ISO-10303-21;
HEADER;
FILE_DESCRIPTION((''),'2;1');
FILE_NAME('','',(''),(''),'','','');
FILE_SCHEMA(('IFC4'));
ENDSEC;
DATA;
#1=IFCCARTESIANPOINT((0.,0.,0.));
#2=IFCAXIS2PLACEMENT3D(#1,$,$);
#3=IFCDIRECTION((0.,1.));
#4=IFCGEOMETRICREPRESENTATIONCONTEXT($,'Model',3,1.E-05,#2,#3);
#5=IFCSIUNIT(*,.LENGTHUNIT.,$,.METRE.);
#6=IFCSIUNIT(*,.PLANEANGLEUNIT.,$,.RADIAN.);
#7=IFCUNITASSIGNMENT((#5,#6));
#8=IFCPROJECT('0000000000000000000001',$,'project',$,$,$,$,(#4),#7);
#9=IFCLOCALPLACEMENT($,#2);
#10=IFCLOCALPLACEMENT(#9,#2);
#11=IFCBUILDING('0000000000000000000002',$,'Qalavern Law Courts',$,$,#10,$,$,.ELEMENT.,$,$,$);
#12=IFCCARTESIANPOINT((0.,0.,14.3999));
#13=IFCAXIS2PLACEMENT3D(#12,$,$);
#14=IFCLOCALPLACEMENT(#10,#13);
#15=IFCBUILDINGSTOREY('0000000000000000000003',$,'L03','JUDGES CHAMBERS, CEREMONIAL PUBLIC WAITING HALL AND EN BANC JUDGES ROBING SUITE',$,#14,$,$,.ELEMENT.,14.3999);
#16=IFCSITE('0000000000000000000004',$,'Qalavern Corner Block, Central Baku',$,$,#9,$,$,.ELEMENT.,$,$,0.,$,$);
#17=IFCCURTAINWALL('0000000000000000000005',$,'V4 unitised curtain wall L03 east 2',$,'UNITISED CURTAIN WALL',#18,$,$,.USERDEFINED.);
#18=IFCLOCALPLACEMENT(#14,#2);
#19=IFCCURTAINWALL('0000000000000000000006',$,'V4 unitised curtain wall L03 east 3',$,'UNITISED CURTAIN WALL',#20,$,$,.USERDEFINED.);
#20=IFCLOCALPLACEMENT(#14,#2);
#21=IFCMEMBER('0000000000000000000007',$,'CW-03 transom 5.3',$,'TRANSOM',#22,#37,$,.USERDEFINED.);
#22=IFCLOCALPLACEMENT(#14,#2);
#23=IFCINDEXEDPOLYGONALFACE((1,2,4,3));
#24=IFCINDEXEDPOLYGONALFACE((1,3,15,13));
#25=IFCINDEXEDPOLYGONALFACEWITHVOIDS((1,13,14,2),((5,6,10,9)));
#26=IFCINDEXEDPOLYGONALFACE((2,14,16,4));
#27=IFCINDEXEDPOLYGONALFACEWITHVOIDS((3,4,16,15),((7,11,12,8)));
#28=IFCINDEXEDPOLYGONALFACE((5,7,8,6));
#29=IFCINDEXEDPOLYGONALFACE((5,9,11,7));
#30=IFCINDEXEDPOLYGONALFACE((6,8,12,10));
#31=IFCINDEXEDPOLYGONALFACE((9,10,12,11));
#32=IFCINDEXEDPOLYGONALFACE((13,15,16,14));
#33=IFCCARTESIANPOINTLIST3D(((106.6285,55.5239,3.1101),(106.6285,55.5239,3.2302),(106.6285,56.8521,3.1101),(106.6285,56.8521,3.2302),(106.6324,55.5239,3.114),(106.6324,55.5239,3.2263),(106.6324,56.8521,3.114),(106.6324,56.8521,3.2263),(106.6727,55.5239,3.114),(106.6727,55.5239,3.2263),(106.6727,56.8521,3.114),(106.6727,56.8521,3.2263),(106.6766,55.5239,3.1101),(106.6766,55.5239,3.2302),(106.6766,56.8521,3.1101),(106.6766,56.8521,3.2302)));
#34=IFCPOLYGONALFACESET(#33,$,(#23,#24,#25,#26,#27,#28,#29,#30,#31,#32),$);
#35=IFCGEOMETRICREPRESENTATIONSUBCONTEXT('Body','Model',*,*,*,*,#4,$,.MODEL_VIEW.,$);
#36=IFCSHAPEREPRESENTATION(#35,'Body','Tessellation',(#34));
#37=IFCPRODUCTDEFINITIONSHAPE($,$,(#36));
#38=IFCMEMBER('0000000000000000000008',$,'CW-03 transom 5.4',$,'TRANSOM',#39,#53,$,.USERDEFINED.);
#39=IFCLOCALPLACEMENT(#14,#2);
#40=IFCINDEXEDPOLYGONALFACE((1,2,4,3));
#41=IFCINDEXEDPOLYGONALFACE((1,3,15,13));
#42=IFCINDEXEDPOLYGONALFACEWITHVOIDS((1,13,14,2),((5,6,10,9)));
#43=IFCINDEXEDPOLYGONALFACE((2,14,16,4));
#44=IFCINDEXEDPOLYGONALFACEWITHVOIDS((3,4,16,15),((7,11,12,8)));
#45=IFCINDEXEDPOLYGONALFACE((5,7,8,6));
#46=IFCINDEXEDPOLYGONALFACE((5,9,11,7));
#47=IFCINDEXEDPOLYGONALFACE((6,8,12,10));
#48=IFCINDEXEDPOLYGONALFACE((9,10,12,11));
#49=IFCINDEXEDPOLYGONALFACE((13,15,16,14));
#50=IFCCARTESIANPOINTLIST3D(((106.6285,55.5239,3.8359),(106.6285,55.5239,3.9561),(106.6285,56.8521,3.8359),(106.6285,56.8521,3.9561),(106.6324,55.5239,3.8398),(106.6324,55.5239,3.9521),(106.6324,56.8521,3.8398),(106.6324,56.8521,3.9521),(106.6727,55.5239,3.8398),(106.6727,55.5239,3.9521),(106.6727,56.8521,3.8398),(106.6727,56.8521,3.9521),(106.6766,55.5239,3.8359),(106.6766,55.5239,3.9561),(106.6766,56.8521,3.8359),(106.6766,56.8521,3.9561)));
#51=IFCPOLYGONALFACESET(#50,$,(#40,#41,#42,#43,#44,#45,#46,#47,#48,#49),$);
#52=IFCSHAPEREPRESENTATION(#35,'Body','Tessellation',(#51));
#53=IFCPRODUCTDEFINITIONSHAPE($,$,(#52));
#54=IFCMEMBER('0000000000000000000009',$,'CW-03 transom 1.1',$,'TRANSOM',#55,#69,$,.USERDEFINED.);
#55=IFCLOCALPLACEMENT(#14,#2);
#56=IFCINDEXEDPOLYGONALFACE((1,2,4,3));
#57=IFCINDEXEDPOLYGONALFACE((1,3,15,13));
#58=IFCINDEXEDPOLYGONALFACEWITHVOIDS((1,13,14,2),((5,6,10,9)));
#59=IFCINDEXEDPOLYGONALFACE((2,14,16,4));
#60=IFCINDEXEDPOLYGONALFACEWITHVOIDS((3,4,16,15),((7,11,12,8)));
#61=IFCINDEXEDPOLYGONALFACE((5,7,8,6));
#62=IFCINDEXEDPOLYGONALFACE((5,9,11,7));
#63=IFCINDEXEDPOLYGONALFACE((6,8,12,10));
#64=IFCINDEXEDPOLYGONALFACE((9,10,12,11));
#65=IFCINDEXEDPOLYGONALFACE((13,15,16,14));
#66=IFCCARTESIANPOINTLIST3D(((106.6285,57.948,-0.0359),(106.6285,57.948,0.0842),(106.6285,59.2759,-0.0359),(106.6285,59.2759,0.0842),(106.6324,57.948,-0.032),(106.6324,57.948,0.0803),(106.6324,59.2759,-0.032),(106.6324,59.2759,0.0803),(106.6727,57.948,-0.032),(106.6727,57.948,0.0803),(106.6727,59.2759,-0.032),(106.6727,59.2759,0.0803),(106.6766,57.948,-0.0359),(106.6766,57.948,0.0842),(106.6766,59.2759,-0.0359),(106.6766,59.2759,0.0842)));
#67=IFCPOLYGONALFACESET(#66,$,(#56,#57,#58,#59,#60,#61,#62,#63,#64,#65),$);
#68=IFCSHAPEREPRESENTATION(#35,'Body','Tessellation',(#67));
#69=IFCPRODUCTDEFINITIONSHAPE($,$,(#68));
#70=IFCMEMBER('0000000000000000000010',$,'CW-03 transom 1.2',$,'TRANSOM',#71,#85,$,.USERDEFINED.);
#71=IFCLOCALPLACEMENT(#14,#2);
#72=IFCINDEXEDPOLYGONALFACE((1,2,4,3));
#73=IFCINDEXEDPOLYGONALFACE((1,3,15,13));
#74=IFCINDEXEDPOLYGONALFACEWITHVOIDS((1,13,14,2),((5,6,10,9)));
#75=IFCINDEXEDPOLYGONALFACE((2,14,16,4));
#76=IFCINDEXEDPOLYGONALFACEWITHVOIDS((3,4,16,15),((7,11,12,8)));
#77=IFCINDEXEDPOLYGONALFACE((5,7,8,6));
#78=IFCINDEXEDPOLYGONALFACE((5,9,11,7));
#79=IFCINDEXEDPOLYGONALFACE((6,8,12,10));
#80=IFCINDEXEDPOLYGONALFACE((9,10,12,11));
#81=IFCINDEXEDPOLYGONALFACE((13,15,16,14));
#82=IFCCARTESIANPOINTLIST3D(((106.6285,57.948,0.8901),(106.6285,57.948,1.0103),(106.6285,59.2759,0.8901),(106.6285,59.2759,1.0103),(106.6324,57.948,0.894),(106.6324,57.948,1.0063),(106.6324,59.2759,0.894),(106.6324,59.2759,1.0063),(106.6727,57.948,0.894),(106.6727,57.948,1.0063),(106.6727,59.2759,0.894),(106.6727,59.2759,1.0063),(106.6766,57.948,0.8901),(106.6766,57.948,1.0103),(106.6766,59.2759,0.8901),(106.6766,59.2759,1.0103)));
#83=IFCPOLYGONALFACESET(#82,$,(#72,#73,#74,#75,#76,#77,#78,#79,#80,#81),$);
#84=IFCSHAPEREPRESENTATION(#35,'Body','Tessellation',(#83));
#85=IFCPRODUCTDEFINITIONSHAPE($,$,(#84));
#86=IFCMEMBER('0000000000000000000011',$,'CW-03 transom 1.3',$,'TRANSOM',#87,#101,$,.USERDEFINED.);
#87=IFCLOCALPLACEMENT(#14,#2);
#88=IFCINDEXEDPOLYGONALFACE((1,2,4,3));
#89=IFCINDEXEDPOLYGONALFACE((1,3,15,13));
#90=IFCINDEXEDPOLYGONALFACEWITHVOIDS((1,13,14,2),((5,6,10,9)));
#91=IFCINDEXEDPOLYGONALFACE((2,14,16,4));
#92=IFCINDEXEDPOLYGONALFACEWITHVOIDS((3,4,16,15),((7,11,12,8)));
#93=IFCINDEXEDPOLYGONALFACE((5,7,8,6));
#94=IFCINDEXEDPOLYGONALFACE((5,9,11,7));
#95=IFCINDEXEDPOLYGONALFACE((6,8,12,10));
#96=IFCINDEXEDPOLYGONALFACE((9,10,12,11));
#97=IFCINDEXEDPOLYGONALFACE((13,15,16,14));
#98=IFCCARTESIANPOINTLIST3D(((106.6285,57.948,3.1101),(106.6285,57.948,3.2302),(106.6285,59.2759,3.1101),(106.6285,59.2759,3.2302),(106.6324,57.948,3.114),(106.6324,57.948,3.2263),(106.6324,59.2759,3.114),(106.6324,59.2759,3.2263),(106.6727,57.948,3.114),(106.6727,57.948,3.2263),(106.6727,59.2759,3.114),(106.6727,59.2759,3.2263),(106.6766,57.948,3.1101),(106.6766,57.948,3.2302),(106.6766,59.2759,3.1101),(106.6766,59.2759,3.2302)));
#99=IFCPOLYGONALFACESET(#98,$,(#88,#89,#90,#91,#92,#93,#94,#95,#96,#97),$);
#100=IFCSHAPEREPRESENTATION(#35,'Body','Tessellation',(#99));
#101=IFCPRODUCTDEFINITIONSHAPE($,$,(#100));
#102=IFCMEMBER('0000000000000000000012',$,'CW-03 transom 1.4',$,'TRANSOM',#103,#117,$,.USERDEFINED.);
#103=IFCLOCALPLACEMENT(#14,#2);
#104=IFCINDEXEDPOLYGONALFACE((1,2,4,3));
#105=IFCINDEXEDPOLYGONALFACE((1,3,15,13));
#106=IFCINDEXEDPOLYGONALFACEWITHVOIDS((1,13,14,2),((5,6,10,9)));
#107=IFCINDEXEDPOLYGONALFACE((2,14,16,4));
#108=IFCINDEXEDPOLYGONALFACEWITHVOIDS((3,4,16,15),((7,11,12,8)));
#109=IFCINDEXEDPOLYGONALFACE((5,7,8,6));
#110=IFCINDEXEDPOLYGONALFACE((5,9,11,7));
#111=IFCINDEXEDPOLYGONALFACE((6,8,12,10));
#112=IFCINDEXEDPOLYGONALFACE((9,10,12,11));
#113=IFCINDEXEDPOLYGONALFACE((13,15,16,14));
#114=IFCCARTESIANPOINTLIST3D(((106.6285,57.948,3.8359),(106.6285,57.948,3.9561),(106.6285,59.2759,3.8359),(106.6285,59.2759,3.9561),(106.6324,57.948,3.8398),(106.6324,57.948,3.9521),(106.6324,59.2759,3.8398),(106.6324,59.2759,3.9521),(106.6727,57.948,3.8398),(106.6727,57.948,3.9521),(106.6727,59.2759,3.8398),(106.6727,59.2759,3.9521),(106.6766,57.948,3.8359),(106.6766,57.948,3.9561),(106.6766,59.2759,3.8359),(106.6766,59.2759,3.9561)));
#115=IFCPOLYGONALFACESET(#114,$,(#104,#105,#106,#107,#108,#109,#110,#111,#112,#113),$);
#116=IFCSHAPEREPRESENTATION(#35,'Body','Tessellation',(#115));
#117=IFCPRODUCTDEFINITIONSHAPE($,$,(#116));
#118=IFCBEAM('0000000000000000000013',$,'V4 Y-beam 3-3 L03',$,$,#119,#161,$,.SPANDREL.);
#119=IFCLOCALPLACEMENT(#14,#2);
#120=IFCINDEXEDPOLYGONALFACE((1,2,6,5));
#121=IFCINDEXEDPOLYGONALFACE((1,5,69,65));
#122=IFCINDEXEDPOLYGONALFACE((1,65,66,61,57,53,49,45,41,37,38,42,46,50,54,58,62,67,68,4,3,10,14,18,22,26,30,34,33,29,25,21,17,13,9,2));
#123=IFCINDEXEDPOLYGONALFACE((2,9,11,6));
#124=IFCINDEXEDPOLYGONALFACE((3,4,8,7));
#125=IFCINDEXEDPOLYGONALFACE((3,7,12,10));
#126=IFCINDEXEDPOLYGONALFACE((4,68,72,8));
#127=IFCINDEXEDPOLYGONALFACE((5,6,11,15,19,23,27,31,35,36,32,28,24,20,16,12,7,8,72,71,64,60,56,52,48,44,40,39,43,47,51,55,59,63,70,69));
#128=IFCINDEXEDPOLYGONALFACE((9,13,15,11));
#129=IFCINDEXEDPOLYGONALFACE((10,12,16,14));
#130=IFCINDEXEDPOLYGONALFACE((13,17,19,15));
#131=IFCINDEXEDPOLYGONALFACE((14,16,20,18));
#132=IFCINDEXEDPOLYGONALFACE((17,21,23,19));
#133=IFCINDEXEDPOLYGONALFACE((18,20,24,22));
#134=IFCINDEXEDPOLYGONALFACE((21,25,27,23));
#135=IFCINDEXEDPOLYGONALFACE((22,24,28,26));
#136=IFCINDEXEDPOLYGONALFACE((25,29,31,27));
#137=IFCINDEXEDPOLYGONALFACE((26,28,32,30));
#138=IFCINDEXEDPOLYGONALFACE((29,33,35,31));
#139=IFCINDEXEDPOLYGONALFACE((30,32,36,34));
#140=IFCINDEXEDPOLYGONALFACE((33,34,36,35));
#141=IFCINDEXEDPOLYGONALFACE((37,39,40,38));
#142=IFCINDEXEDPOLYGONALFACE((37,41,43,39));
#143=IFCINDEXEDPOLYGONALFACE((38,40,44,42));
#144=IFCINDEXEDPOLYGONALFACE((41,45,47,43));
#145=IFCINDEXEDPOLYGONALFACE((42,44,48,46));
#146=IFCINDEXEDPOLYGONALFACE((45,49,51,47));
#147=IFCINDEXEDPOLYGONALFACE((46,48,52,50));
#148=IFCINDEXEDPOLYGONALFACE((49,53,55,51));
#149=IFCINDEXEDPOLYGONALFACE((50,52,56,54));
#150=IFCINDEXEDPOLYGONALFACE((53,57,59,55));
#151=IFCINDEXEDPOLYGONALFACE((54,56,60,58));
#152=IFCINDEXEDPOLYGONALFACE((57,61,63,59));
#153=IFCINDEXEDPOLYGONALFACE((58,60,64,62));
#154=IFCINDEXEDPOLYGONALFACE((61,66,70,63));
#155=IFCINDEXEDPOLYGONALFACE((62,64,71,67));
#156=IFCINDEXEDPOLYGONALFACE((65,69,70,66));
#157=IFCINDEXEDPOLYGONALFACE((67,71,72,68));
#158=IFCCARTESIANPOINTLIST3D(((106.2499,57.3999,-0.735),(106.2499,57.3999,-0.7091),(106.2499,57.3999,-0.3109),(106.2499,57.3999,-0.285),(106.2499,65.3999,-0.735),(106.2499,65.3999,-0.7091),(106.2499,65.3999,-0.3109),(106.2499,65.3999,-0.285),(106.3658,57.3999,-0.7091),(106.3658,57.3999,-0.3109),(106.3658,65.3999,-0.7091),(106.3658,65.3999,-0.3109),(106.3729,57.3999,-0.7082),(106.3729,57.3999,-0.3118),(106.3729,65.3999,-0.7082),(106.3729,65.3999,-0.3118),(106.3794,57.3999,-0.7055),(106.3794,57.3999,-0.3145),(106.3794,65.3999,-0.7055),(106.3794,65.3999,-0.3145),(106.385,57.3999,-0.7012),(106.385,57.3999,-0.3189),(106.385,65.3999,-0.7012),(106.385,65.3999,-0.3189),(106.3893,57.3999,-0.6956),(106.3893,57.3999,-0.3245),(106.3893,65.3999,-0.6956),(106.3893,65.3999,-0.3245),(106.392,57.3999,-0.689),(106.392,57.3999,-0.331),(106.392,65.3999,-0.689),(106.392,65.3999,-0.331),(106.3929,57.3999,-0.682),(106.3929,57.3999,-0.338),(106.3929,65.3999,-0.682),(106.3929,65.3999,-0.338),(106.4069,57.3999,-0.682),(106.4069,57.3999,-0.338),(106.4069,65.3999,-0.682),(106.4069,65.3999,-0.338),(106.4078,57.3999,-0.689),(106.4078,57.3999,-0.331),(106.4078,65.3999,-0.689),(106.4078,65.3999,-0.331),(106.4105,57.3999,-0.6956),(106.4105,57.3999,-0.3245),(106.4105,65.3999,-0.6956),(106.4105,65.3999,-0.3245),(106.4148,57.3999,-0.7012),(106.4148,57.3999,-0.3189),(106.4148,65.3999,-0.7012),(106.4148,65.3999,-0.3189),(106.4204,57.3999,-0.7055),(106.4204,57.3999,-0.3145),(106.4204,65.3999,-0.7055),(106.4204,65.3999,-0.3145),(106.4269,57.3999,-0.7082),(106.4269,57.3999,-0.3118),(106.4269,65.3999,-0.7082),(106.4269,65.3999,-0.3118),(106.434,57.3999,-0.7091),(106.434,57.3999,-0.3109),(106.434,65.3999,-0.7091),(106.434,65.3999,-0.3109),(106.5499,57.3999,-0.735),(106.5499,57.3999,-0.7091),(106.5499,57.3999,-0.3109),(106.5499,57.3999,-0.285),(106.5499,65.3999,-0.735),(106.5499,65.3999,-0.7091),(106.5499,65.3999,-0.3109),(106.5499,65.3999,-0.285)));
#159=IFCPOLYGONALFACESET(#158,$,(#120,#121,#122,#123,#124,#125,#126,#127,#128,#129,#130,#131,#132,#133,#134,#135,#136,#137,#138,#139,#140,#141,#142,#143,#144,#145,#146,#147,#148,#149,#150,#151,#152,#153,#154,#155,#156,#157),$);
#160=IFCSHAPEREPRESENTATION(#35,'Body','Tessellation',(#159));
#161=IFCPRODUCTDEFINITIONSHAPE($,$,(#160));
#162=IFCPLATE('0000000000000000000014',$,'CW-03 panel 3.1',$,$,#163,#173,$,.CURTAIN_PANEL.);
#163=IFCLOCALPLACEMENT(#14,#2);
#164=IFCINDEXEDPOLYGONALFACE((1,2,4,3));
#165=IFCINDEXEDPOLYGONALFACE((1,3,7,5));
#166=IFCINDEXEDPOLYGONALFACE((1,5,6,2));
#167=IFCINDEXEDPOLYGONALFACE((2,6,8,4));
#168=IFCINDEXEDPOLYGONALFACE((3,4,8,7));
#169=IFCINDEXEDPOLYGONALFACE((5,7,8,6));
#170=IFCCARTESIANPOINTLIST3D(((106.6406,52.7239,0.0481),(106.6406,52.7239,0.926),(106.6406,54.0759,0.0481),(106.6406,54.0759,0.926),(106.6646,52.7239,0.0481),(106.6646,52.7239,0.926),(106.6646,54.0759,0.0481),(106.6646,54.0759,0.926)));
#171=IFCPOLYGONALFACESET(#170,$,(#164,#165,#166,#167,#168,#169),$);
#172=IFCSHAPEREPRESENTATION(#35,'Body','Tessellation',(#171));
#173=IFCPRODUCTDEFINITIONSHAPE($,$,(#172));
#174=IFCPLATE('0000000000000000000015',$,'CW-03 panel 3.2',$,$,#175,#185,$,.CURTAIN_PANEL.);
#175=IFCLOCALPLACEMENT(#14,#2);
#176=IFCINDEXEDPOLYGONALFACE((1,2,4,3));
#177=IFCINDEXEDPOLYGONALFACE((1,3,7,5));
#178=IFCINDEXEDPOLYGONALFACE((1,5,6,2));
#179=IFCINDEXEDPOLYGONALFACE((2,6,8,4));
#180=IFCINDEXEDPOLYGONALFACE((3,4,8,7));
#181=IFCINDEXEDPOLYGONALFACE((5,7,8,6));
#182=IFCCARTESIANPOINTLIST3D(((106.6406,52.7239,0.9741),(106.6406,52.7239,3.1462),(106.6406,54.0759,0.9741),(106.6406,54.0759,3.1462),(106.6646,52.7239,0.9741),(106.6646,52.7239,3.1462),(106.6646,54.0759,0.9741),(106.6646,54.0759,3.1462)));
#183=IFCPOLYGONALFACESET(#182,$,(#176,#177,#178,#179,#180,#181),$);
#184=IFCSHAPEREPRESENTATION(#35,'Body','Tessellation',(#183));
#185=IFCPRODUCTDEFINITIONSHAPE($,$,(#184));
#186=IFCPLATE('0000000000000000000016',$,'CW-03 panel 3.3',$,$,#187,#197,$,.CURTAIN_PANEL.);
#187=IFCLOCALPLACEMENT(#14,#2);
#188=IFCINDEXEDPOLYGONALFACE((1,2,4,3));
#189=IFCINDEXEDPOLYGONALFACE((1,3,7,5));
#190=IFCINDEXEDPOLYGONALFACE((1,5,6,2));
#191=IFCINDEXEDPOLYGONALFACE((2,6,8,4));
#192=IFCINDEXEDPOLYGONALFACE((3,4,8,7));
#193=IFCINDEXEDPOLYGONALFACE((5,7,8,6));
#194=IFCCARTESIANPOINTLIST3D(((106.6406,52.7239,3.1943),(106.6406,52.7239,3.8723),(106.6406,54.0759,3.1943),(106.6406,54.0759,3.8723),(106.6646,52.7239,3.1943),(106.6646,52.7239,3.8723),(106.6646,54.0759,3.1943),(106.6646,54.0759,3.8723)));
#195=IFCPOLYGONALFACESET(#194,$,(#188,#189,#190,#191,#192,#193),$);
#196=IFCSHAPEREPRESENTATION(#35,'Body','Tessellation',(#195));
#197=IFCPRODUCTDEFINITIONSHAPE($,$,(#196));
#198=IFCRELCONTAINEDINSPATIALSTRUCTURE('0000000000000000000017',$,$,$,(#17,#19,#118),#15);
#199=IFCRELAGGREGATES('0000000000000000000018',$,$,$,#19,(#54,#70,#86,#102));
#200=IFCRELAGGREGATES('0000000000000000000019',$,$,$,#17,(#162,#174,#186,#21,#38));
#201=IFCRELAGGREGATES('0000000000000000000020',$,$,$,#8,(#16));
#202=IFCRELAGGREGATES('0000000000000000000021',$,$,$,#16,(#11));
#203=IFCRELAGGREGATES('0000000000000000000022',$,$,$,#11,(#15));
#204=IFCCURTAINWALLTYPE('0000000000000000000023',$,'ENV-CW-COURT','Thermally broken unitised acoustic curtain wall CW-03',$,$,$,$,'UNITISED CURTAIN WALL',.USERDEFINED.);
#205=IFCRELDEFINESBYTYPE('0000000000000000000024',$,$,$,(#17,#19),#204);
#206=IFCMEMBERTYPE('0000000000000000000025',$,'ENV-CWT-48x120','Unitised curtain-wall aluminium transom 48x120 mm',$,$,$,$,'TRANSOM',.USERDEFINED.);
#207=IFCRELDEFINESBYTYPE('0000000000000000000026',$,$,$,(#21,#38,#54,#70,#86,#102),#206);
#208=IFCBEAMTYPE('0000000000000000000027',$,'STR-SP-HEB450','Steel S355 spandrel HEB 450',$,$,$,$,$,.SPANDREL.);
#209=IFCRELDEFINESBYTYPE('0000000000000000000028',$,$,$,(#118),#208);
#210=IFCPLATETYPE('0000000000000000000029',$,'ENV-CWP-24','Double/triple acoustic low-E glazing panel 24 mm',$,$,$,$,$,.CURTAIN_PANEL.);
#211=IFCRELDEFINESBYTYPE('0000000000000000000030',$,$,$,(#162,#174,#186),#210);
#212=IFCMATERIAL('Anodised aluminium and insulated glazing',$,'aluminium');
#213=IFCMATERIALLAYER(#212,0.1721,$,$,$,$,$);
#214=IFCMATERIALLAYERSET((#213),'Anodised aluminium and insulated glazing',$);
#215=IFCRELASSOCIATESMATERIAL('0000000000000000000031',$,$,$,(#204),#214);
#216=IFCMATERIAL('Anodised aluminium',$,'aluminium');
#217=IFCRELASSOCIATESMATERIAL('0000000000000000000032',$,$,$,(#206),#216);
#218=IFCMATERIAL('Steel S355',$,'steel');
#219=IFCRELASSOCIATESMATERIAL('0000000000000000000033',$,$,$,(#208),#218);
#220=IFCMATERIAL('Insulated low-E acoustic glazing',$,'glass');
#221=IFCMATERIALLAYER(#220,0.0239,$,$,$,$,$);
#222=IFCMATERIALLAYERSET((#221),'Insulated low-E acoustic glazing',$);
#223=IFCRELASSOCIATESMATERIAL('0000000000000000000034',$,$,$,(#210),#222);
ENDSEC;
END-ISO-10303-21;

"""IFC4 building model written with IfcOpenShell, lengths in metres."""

from ifc_helpers import new_model, si_unit, direction, frame, origin, origin_2d, place, context, subcontext, project, spatial, rectangle, hollow_rectangle, i_section, extrude, material, layer, layer_set, material_profile, profile_set, type_object, element, aggregate, save


model = new_model("IFC4")

# Units and contexts
model_context = context("Model", 3, precision=1e-05, world=origin(), true_north=direction((0.0, 1.0)))
body_context = subcontext(model_context, "Body", "Model", "MODEL_VIEW")
ifc_project = project(units=[si_unit("LENGTHUNIT", "METRE"), si_unit("PLANEANGLEUNIT", "RADIAN")], contexts=[model_context])

# Site, building, storey
site_placement = place(None, origin())
site = spatial("IfcSite", under=ifc_project, at=site_placement, Name="Qalavern Corner Block, Central Baku", CompositionType="ELEMENT", RefElevation=0.0)
building_placement = place(site_placement, origin())
building = spatial("IfcBuilding", under=site, at=building_placement, Name="Qalavern Law Courts", CompositionType="ELEMENT")
storey_placement = place(building_placement, frame((0.0, 0.0, 14.3999)))
storey = spatial("IfcBuildingStorey", under=building, at=storey_placement, Name="L03", Description="JUDGES CHAMBERS, CEREMONIAL PUBLIC WAITING HALL AND EN BANC JUDGES ROBING SUITE", CompositionType="ELEMENT", Elevation=14.3999)

# Curtain wall
ifc_material_1 = material(Name="Anodised aluminium and insulated glazing", Category="aluminium")
ifc_layer_1 = layer(ifc_material_1, 0.1721)
ifc_layer_set_1 = layer_set([ifc_layer_1], Name="Anodised aluminium and insulated glazing")
curtain_wall_type = type_object("IfcCurtainWallType", Name="ENV-CW-COURT", Description="Thermally broken unitised acoustic curtain wall CW-03", ElementType="UNITISED CURTAIN WALL", PredefinedType="USERDEFINED", material=ifc_layer_set_1)
curtain_wall_1_placement = place(storey_placement, origin())
curtain_wall_1 = element("IfcCurtainWall", 1, at=curtain_wall_1_placement, inside=storey, type_object=curtain_wall_type, Name="V4 unitised curtain wall L03 east 2", ObjectType="UNITISED CURTAIN WALL", PredefinedType="USERDEFINED")
ifc_material_2 = material(Name="Anodised aluminium", Category="aluminium")

# Curtain wall
curtain_wall_2_placement = place(storey_placement, origin())
curtain_wall_2 = element("IfcCurtainWall", 2, at=curtain_wall_2_placement, inside=storey, type_object=curtain_wall_type, Name="V4 unitised curtain wall L03 east 3", ObjectType="UNITISED CURTAIN WALL", PredefinedType="USERDEFINED")

# Members
ifc_material_profile_1 = material_profile(ifc_material_2, hollow_rectangle(XDim=0.0481, YDim=0.1201, WallThickness=0.0039, at=origin_2d()), Name="ALU TRANSOM 48x120")
ifc_profile_set_1 = profile_set([ifc_material_profile_1], Name="Anodised aluminium")
member_type_1 = type_object("IfcMemberType", Name="ENV-CWT-48x120", Description="Unitised curtain-wall aluminium transom 48x120 mm", ElementType="TRANSOM", PredefinedType="USERDEFINED", material=ifc_profile_set_1)
member_1_placement = place(storey_placement, frame((106.6526, 55.5239, 3.1702), z_axis=(0.0, 1.0, 0.0), x_axis=(-1.0, 0.0, 0.0)))
member_1 = element("IfcMember", 3, at=member_1_placement, type_object=member_type_1, Name="CW-03 transom 5.3", ObjectType="TRANSOM", PredefinedType="USERDEFINED", context=body_context, shape_type="SweptSolid", body=[
    extrude(hollow_rectangle(XDim=0.0481, YDim=0.1201, WallThickness=0.0039, at=origin_2d()), origin(), (0.0, 0.0, 1.0), 1.3281),
])
member_2_placement = place(storey_placement, frame((106.6526, 55.5239, 3.896), z_axis=(0.0, 1.0, 0.0), x_axis=(-1.0, 0.0, 0.0)))
member_2 = element("IfcMember", 4, at=member_2_placement, type_object=member_type_1, Name="CW-03 transom 5.4", ObjectType="TRANSOM", PredefinedType="USERDEFINED", context=body_context, shape_type="SweptSolid", body=[
    extrude(hollow_rectangle(XDim=0.0481, YDim=0.1201, WallThickness=0.0039, at=origin_2d()), origin(), (0.0, 0.0, 1.0), 1.3281),
])
member_3_placement = place(storey_placement, frame((106.6526, 57.948, 0.0242), z_axis=(0.0, 1.0, 0.0), x_axis=(-1.0, 0.0, 0.0)))
member_3 = element("IfcMember", 5, at=member_3_placement, type_object=member_type_1, Name="CW-03 transom 1.1", ObjectType="TRANSOM", PredefinedType="USERDEFINED", context=body_context, shape_type="SweptSolid", body=[
    extrude(hollow_rectangle(XDim=0.0481, YDim=0.1201, WallThickness=0.0039, at=origin_2d()), origin(), (0.0, 0.0, 1.0), 1.3279),
])
member_4_placement = place(storey_placement, frame((106.6526, 57.948, 0.9502), z_axis=(0.0, 1.0, 0.0), x_axis=(-1.0, 0.0, 0.0)))
member_4 = element("IfcMember", 6, at=member_4_placement, type_object=member_type_1, Name="CW-03 transom 1.2", ObjectType="TRANSOM", PredefinedType="USERDEFINED", context=body_context, shape_type="SweptSolid", body=[
    extrude(hollow_rectangle(XDim=0.0481, YDim=0.1201, WallThickness=0.0039, at=origin_2d()), origin(), (0.0, 0.0, 1.0), 1.3279),
])
member_5_placement = place(storey_placement, frame((106.6526, 57.948, 3.1702), z_axis=(0.0, 1.0, 0.0), x_axis=(-1.0, 0.0, 0.0)))
member_5 = element("IfcMember", 7, at=member_5_placement, type_object=member_type_1, Name="CW-03 transom 1.3", ObjectType="TRANSOM", PredefinedType="USERDEFINED", context=body_context, shape_type="SweptSolid", body=[
    extrude(hollow_rectangle(XDim=0.0481, YDim=0.1201, WallThickness=0.0039, at=origin_2d()), origin(), (0.0, 0.0, 1.0), 1.3279),
])
member_6_placement = place(storey_placement, frame((106.6526, 57.948, 3.896), z_axis=(0.0, 1.0, 0.0), x_axis=(-1.0, 0.0, 0.0)))
member_6 = element("IfcMember", 8, at=member_6_placement, type_object=member_type_1, Name="CW-03 transom 1.4", ObjectType="TRANSOM", PredefinedType="USERDEFINED", context=body_context, shape_type="SweptSolid", body=[
    extrude(hollow_rectangle(XDim=0.0481, YDim=0.1201, WallThickness=0.0039, at=origin_2d()), origin(), (0.0, 0.0, 1.0), 1.3279),
])
aggregate(curtain_wall_2, [member_3, member_4, member_5, member_6])

# Beam
ifc_material_3 = material(Name="Steel S355", Category="steel")
ifc_material_profile_2 = material_profile(ifc_material_3, i_section(OverallWidth=0.3, OverallDepth=0.45, WebThickness=0.0139, FlangeThickness=0.0259, FilletRadius=0.0271, at=origin_2d()), Name="HEB 450")
ifc_profile_set_2 = profile_set([ifc_material_profile_2], Name="Steel S355")
beam_type = type_object("IfcBeamType", Name="STR-SP-HEB450", Description="Steel S355 spandrel HEB 450", PredefinedType="SPANDREL", material=ifc_profile_set_2)
beam_placement = place(storey_placement, frame((106.3999, 57.3999, -0.51), z_axis=(0.0, 1.0, 0.0), x_axis=(-1.0, 0.0, 0.0)))
element("IfcBeam", 9, at=beam_placement, inside=storey, type_object=beam_type, Name="V4 Y-beam 3-3 L03", PredefinedType="SPANDREL", context=body_context, shape_type="SweptSolid", body=[
    extrude(i_section(OverallWidth=0.3, OverallDepth=0.45, WebThickness=0.0139, FlangeThickness=0.0259, FilletRadius=0.0271, at=origin_2d()), origin(), (0.0, 0.0, 1.0), 8.0),
])

# Plates
ifc_material_4 = material(Name="Insulated low-E acoustic glazing", Category="glass")
ifc_layer_2 = layer(ifc_material_4, 0.0239)
ifc_layer_set_2 = layer_set([ifc_layer_2], Name="Insulated low-E acoustic glazing")
plate_type = type_object("IfcPlateType", Name="ENV-CWP-24", Description="Double/triple acoustic low-E glazing panel 24 mm", PredefinedType="CURTAIN_PANEL", material=ifc_layer_set_2)
plate_1_placement = place(storey_placement, frame((106.6526, 53.3999, 0.0481), z_axis=(0.0, 0.0, 1.0), x_axis=(0.0, 1.0, 0.0)))
plate_1 = element("IfcPlate", 10, at=plate_1_placement, type_object=plate_type, Name="CW-03 panel 3.1", PredefinedType="CURTAIN_PANEL", context=body_context, shape_type="SweptSolid", body=[
    extrude(rectangle(XDim=1.3521, YDim=0.0239, at=origin_2d()), origin(), (0.0, 0.0, 1.0), 0.8779),
])
plate_2_placement = place(storey_placement, frame((106.6526, 53.3999, 0.9741), z_axis=(0.0, 0.0, 1.0), x_axis=(0.0, 1.0, 0.0)))
plate_2 = element("IfcPlate", 11, at=plate_2_placement, type_object=plate_type, Name="CW-03 panel 3.2", PredefinedType="CURTAIN_PANEL", context=body_context, shape_type="SweptSolid", body=[
    extrude(rectangle(XDim=1.3521, YDim=0.0239, at=origin_2d()), origin(), (0.0, 0.0, 1.0), 2.1721),
])
plate_3_placement = place(storey_placement, frame((106.6526, 53.3999, 3.1943), z_axis=(0.0, 0.0, 1.0), x_axis=(0.0, 1.0, 0.0)))
plate_3 = element("IfcPlate", 12, at=plate_3_placement, type_object=plate_type, Name="CW-03 panel 3.3", PredefinedType="CURTAIN_PANEL", context=body_context, shape_type="SweptSolid", body=[
    extrude(rectangle(XDim=1.3521, YDim=0.0239, at=origin_2d()), origin(), (0.0, 0.0, 1.0), 0.678),
])
aggregate(curtain_wall_1, [plate_1, plate_2, plate_3, member_1, member_2])

save(model, "model.ifc")
